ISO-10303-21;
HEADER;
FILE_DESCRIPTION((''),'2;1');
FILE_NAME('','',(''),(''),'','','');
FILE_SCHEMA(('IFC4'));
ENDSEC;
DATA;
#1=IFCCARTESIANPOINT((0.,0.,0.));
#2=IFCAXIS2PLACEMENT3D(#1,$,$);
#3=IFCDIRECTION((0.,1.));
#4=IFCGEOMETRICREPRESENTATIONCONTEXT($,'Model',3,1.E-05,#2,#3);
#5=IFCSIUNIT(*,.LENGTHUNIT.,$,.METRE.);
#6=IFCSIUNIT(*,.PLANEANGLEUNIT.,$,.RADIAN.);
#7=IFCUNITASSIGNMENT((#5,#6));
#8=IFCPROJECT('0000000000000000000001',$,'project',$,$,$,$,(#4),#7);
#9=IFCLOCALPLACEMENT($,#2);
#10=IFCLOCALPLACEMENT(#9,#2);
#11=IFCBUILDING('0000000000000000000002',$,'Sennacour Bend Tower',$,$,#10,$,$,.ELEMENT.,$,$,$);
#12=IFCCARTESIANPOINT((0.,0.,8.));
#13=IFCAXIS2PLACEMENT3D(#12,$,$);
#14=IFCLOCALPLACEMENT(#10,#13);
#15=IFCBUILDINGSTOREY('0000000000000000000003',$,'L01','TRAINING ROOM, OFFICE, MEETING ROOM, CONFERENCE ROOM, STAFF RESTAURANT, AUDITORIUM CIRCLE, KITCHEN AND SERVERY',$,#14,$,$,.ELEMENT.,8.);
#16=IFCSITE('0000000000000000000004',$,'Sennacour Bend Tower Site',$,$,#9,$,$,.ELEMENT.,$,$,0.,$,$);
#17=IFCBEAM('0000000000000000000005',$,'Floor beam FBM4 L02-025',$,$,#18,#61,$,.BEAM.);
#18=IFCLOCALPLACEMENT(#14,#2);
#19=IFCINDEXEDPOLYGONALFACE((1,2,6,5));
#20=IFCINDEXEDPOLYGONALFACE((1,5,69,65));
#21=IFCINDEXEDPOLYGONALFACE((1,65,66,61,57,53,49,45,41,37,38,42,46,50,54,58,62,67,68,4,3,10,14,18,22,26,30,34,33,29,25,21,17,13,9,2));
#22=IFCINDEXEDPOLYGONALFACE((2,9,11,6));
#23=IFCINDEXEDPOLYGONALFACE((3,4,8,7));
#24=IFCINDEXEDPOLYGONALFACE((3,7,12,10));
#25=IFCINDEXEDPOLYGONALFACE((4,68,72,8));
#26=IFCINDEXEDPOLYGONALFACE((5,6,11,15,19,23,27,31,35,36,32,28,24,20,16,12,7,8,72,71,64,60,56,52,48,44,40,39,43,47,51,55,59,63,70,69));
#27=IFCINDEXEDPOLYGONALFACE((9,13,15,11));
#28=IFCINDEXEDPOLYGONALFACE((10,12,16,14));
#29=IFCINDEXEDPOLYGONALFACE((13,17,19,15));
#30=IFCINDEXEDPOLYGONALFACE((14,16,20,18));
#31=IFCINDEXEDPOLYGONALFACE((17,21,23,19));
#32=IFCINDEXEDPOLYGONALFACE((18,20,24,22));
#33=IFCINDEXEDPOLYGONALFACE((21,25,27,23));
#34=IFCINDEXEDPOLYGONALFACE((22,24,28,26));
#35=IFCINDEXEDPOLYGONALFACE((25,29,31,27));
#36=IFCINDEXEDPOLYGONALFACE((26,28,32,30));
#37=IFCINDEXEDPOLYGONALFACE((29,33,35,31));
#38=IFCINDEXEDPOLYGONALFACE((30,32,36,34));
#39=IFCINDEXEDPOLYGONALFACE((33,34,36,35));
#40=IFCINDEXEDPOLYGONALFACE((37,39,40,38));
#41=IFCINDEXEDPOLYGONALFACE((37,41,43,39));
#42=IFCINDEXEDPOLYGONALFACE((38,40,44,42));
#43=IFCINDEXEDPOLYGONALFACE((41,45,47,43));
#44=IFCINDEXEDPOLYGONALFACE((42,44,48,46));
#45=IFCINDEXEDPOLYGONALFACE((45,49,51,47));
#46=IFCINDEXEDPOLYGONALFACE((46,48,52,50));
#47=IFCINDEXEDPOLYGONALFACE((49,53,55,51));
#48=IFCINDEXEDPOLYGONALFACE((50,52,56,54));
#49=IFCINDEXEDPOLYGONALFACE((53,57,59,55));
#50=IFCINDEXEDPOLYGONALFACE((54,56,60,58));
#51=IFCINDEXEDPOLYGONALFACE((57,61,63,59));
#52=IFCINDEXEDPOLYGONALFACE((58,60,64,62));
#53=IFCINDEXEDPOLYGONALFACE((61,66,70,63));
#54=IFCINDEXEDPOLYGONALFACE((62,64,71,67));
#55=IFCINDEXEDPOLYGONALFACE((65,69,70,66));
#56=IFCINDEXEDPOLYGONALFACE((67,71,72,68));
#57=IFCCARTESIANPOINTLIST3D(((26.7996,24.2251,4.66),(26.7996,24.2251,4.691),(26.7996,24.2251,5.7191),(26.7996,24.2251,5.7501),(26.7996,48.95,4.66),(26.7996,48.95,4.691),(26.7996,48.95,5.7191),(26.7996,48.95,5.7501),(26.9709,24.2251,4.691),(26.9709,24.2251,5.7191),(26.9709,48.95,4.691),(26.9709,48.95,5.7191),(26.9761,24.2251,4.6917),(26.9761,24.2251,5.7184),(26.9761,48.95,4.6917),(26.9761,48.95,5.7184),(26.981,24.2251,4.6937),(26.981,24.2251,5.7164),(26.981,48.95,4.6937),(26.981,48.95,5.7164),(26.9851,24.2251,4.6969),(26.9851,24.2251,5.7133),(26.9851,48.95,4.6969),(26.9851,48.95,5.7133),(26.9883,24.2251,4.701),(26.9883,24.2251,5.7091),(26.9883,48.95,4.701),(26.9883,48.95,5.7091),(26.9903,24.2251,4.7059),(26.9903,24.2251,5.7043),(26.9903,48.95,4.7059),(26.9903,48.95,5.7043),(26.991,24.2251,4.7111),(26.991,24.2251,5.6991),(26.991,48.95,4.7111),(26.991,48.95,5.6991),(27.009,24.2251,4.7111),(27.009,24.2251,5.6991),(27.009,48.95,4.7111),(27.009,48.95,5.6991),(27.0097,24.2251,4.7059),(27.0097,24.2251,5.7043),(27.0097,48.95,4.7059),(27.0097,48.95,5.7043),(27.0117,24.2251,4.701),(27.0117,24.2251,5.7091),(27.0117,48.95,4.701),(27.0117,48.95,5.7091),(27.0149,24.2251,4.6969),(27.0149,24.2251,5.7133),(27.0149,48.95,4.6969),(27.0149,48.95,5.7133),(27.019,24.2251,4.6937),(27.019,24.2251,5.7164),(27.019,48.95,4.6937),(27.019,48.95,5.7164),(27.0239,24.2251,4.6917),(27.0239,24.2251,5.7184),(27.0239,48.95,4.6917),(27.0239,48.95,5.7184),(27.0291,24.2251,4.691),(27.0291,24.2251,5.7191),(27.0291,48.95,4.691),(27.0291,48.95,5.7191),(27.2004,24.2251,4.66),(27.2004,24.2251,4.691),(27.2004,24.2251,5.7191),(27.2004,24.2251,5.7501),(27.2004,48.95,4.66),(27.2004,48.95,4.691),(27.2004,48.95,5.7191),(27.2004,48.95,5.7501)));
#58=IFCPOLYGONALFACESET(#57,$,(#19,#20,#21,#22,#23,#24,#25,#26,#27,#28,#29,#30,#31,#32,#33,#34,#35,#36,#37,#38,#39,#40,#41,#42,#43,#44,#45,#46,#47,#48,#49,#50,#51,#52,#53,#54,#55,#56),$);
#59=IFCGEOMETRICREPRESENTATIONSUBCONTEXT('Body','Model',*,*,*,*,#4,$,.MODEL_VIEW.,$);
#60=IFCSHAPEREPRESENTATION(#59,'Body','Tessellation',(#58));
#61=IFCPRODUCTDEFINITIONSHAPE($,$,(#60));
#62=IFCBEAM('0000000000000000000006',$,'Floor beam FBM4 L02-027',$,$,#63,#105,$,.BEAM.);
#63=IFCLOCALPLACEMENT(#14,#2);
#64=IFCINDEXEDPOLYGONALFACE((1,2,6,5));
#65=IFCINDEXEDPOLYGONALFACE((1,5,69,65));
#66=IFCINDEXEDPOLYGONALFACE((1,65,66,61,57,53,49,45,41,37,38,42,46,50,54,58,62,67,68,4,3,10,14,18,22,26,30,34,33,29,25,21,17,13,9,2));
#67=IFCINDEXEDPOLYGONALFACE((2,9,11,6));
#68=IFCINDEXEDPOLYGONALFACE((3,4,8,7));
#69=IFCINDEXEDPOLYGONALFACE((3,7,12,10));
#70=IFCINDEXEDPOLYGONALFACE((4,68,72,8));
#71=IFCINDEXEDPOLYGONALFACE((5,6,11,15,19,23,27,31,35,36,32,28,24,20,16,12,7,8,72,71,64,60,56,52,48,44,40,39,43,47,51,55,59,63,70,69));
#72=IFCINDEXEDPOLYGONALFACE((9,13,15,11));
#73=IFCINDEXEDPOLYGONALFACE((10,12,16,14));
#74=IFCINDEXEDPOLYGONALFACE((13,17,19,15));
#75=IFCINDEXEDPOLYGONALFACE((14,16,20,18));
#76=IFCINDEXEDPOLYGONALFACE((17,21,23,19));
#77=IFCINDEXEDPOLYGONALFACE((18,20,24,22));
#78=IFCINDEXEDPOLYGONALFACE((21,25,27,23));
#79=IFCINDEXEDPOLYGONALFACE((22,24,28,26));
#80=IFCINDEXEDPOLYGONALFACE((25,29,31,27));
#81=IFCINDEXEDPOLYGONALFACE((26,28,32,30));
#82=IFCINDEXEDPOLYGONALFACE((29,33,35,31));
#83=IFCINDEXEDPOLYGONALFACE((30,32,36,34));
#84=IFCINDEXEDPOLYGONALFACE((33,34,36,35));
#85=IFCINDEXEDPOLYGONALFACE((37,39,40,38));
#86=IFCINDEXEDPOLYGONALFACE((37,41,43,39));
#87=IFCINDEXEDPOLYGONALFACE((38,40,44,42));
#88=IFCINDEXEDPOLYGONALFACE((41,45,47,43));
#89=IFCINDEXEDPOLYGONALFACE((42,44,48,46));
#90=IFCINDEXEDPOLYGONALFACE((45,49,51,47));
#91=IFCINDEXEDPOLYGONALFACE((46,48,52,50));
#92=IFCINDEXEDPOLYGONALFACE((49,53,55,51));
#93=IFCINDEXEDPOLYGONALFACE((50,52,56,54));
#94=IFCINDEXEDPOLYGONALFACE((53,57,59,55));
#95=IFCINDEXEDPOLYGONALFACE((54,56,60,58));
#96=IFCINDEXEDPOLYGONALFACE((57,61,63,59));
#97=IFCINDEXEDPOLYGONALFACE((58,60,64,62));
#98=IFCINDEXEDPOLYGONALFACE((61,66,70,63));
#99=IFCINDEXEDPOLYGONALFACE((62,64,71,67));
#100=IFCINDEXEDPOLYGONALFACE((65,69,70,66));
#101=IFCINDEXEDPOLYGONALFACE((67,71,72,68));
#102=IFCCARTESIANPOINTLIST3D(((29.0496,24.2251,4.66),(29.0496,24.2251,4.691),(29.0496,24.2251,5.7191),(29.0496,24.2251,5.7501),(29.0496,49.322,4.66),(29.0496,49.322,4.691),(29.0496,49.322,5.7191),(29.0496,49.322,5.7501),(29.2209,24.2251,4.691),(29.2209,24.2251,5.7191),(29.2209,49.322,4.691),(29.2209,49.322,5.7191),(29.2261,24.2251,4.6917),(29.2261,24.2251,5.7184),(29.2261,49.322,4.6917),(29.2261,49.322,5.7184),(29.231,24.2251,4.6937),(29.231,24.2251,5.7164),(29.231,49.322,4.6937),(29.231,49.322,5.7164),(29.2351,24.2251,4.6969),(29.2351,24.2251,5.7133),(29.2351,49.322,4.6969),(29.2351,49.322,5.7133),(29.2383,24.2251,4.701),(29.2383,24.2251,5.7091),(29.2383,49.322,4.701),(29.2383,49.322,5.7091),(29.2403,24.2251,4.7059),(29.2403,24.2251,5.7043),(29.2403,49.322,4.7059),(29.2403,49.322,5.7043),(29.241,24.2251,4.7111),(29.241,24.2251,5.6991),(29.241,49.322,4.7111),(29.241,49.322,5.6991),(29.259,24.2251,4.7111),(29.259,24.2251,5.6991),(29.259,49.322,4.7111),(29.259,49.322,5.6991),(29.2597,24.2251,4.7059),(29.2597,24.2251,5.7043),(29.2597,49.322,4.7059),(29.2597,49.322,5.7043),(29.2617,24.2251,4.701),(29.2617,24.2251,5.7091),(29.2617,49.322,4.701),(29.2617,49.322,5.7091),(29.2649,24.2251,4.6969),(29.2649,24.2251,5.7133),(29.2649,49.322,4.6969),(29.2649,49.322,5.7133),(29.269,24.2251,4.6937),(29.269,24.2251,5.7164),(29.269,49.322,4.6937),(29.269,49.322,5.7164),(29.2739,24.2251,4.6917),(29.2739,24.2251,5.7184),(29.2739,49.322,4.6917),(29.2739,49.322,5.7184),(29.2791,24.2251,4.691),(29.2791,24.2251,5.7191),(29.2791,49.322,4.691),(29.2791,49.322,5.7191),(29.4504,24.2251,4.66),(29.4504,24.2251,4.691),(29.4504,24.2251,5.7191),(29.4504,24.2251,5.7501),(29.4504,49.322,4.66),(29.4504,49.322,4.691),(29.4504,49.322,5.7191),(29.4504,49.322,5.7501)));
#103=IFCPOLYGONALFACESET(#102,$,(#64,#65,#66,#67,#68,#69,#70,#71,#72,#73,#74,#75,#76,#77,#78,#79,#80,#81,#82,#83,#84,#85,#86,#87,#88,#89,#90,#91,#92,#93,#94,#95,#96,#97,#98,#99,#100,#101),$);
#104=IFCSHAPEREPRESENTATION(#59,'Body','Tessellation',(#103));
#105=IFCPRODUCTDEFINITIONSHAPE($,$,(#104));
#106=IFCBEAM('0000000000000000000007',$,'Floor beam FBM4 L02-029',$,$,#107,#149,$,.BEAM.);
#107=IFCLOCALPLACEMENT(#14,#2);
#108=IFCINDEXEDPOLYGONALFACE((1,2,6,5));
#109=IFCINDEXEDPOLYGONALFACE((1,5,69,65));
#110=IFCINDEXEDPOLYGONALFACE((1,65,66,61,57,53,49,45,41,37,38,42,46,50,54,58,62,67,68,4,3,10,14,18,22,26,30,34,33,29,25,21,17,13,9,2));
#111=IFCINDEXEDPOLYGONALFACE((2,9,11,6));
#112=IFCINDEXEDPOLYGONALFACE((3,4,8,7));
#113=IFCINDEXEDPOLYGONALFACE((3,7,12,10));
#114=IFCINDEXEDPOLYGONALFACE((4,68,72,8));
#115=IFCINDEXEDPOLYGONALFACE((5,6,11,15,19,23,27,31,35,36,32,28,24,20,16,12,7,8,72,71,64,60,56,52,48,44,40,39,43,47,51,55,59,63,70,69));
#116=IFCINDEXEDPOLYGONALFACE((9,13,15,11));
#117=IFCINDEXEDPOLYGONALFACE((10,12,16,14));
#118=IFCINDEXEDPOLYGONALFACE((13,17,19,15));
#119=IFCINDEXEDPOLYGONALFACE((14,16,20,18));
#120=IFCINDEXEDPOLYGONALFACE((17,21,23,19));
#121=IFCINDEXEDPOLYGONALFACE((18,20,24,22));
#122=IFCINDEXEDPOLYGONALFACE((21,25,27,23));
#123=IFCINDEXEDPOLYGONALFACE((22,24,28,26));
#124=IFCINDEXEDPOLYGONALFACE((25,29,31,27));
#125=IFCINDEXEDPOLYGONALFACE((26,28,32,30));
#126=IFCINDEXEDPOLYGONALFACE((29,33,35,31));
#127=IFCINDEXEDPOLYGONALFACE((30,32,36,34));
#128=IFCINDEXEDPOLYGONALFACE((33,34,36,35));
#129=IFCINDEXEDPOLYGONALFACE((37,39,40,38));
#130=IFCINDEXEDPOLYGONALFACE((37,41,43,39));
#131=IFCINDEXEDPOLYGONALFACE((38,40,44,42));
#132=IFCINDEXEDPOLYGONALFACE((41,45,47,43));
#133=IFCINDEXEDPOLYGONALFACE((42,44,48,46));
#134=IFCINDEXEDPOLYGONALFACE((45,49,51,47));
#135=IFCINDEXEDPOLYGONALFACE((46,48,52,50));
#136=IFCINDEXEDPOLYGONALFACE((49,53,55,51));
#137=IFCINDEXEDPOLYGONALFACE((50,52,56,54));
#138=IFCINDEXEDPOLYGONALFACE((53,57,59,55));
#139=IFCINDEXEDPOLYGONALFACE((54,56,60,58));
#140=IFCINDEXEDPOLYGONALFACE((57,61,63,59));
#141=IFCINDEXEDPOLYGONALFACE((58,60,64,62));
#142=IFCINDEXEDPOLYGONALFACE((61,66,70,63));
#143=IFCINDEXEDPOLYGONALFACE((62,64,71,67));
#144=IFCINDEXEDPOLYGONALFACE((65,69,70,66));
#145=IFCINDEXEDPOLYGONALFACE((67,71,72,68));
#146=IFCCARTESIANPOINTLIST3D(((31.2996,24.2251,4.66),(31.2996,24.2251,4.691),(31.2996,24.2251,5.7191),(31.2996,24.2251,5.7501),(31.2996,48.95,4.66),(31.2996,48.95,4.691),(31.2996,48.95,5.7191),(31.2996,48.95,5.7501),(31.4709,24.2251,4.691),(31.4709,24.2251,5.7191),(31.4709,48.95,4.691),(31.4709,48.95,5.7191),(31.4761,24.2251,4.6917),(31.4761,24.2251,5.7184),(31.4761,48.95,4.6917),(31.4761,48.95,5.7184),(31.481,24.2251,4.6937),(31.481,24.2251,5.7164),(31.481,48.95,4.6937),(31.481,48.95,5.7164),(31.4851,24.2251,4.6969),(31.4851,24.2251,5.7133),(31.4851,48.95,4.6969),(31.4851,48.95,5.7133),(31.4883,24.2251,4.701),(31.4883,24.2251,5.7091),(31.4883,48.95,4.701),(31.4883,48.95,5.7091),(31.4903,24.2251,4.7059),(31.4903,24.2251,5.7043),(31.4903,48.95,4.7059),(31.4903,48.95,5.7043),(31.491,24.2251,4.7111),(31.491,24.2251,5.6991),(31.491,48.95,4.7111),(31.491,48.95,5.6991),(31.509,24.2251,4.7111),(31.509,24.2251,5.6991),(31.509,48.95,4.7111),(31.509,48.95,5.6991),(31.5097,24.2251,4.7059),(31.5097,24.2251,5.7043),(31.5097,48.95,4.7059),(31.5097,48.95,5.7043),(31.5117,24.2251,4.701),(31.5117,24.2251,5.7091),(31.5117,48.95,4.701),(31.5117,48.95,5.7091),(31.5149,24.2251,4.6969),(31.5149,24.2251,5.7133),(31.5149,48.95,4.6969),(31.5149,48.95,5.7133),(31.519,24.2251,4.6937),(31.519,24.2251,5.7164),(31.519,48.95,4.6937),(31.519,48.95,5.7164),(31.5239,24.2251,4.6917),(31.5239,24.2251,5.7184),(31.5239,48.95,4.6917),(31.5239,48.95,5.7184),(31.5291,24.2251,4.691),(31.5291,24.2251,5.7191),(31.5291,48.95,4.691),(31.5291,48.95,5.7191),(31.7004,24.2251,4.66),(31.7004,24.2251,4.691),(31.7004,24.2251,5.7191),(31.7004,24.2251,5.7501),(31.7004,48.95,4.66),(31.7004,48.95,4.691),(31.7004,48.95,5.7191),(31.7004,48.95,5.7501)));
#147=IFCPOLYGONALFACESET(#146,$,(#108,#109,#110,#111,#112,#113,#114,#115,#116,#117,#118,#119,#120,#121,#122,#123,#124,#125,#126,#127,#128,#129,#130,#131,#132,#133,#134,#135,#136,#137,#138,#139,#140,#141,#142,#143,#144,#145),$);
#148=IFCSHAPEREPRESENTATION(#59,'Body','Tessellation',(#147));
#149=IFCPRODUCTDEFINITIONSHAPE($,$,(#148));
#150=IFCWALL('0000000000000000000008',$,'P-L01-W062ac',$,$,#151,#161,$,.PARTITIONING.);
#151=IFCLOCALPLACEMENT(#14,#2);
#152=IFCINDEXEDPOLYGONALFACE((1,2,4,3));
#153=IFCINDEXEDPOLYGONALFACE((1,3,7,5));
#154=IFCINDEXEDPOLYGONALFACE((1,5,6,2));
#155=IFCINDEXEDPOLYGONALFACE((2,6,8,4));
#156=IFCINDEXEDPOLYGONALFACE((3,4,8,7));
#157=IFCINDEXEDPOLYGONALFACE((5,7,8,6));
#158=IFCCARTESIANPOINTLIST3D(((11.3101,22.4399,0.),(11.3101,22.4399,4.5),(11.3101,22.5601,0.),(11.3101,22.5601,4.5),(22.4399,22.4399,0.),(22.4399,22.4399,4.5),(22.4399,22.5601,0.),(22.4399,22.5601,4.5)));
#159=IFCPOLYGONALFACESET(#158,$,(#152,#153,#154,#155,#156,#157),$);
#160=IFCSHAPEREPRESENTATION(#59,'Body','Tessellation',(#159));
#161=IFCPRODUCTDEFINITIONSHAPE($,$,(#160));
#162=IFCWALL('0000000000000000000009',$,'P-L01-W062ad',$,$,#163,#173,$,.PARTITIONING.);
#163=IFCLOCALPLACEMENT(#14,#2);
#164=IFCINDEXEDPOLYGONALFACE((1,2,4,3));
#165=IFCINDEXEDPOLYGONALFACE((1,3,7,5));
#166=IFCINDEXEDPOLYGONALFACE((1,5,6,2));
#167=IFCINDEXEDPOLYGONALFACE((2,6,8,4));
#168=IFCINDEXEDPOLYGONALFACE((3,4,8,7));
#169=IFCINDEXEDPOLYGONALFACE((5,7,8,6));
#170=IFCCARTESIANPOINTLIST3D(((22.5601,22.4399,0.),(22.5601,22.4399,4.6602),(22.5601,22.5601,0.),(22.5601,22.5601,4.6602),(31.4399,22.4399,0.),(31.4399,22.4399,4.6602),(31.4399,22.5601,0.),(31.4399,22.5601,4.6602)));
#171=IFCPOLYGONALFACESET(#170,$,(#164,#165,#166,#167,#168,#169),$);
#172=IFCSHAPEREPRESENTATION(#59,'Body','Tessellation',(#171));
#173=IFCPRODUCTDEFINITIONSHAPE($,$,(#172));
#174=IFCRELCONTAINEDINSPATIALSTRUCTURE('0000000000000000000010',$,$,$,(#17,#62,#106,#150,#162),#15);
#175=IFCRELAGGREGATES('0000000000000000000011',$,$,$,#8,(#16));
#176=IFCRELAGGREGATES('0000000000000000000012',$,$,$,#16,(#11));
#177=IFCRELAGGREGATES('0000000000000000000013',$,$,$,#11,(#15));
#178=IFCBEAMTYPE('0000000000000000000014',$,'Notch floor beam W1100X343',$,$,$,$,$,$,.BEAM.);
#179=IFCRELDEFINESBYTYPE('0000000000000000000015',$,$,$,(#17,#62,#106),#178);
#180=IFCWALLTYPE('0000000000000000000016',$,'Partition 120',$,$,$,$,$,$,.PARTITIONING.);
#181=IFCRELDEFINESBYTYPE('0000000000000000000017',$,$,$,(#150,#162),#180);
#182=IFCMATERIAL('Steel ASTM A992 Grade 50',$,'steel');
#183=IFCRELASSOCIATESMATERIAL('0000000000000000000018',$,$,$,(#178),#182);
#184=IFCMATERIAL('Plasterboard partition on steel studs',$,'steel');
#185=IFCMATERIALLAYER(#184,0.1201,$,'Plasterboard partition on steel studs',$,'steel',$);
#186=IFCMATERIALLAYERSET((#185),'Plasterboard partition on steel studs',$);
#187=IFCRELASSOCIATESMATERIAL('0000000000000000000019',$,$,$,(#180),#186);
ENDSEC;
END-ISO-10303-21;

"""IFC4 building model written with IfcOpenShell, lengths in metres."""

from ifc_helpers import new_model, si_unit, direction, frame, frame_2d, origin, origin_2d, place, context, subcontext, project, spatial, rectangle, i_section, extrude, material, layer, layer_set, material_profile, profile_set, type_object, element, save


model = new_model("IFC4")

# Units and contexts
model_context = context("Model", 3, precision=1e-05, world=origin(), true_north=direction((0.0, 1.0)))
body_context = subcontext(model_context, "Body", "Model", "MODEL_VIEW")
ifc_project = project(units=[si_unit("LENGTHUNIT", "METRE"), si_unit("PLANEANGLEUNIT", "RADIAN")], contexts=[model_context])

# Site, building, storey
site_placement = place(None, origin())
site = spatial("IfcSite", under=ifc_project, at=site_placement, Name="Sennacour Bend Tower Site", CompositionType="ELEMENT", RefElevation=0.0)
building_placement = place(site_placement, origin())
building = spatial("IfcBuilding", under=site, at=building_placement, Name="Sennacour Bend Tower", CompositionType="ELEMENT")
storey_placement = place(building_placement, frame((0.0, 0.0, 8.0)))
storey = spatial("IfcBuildingStorey", under=building, at=storey_placement, Name="L01", Description="TRAINING ROOM, OFFICE, MEETING ROOM, CONFERENCE ROOM, STAFF RESTAURANT, AUDITORIUM CIRCLE, KITCHEN AND SERVERY", CompositionType="ELEMENT", Elevation=8.0)

# Beams
ifc_material_1 = material(Name="Steel ASTM A992 Grade 50", Category="steel")
ifc_material_profile_1 = material_profile(ifc_material_1, i_section(OverallWidth=0.4009, OverallDepth=1.0901, WebThickness=0.0181, FlangeThickness=0.031, FilletRadius=0.02, at=origin_2d()), Name="Steel ASTM A992 Grade 50", Category="steel")
ifc_profile_set_1 = profile_set([ifc_material_profile_1], Name="Steel ASTM A992 Grade 50")
beam_type_1 = type_object("IfcBeamType", Name="Notch floor beam W1100X343", PredefinedType="BEAM", material=ifc_profile_set_1)
beam_1_placement = place(storey_placement, frame((27.0, 24.2251, 5.2051), z_axis=(0.0, 1.0, 0.0), x_axis=(-1.0, 0.0, 0.0)))
element("IfcBeam", 1, at=beam_1_placement, inside=storey, type_object=beam_type_1, Name="Floor beam FBM4 L02-025", PredefinedType="BEAM", context=body_context, shape_type="SweptSolid", body=[
    extrude(i_section(OverallWidth=0.4009, OverallDepth=1.0901, WebThickness=0.0181, FlangeThickness=0.031, FilletRadius=0.02, at=origin_2d()), origin(), (0.0, 0.0, 1.0), 24.7249),
])
beam_2_placement = place(storey_placement, frame((29.25, 24.2251, 5.2051), z_axis=(0.0, 1.0, 0.0), x_axis=(-1.0, 0.0, 0.0)))
element("IfcBeam", 2, at=beam_2_placement, inside=storey, type_object=beam_type_1, Name="Floor beam FBM4 L02-027", PredefinedType="BEAM", context=body_context, shape_type="SweptSolid", body=[
    extrude(i_section(OverallWidth=0.4009, OverallDepth=1.0901, WebThickness=0.0181, FlangeThickness=0.031, FilletRadius=0.02, at=origin_2d()), origin(), (0.0, 0.0, 1.0), 25.0969),
])
beam_3_placement = place(storey_placement, frame((31.5, 24.2251, 5.2051), z_axis=(0.0, 1.0, 0.0), x_axis=(-1.0, 0.0, 0.0)))
element("IfcBeam", 3, at=beam_3_placement, inside=storey, type_object=beam_type_1, Name="Floor beam FBM4 L02-029", PredefinedType="BEAM", context=body_context, shape_type="SweptSolid", body=[
    extrude(i_section(OverallWidth=0.4009, OverallDepth=1.0901, WebThickness=0.0181, FlangeThickness=0.031, FilletRadius=0.02, at=origin_2d()), origin(), (0.0, 0.0, 1.0), 24.7249),
])

# Walls
ifc_material_2 = material(Name="Plasterboard partition on steel studs", Category="steel")
ifc_layer_1 = layer(ifc_material_2, 0.1201, Name="Plasterboard partition on steel studs", Category="steel")
ifc_layer_set_1 = layer_set([ifc_layer_1], Name="Plasterboard partition on steel studs")
wall_type_1 = type_object("IfcWallType", Name="Partition 120", PredefinedType="PARTITIONING", material=ifc_layer_set_1)
wall_1_placement = place(storey_placement, frame((11.3101, 22.5, 0.0), z_axis=(0.0, 0.0, 1.0), x_axis=(1.0, 0.0, 0.0)))
element("IfcWall", 4, at=wall_1_placement, inside=storey, type_object=wall_type_1, Name="P-L01-W062ac", PredefinedType="PARTITIONING", context=body_context, shape_type="SweptSolid", body=[
    extrude(rectangle(XDim=11.1299, YDim=0.1201, at=frame_2d((5.5649, 0.0))), origin(), (0.0, 0.0, 1.0), 4.5),
])
wall_2_placement = place(storey_placement, frame((22.5601, 22.5, 0.0), z_axis=(0.0, 0.0, 1.0), x_axis=(1.0, 0.0, 0.0)))
element("IfcWall", 5, at=wall_2_placement, inside=storey, type_object=wall_type_1, Name="P-L01-W062ad", PredefinedType="PARTITIONING", context=body_context, shape_type="SweptSolid", body=[
    extrude(rectangle(XDim=8.8799, YDim=0.1201, at=frame_2d((4.4399, 0.0))), origin(), (0.0, 0.0, 1.0), 4.6602),
])

save(model, "model.ifc")
